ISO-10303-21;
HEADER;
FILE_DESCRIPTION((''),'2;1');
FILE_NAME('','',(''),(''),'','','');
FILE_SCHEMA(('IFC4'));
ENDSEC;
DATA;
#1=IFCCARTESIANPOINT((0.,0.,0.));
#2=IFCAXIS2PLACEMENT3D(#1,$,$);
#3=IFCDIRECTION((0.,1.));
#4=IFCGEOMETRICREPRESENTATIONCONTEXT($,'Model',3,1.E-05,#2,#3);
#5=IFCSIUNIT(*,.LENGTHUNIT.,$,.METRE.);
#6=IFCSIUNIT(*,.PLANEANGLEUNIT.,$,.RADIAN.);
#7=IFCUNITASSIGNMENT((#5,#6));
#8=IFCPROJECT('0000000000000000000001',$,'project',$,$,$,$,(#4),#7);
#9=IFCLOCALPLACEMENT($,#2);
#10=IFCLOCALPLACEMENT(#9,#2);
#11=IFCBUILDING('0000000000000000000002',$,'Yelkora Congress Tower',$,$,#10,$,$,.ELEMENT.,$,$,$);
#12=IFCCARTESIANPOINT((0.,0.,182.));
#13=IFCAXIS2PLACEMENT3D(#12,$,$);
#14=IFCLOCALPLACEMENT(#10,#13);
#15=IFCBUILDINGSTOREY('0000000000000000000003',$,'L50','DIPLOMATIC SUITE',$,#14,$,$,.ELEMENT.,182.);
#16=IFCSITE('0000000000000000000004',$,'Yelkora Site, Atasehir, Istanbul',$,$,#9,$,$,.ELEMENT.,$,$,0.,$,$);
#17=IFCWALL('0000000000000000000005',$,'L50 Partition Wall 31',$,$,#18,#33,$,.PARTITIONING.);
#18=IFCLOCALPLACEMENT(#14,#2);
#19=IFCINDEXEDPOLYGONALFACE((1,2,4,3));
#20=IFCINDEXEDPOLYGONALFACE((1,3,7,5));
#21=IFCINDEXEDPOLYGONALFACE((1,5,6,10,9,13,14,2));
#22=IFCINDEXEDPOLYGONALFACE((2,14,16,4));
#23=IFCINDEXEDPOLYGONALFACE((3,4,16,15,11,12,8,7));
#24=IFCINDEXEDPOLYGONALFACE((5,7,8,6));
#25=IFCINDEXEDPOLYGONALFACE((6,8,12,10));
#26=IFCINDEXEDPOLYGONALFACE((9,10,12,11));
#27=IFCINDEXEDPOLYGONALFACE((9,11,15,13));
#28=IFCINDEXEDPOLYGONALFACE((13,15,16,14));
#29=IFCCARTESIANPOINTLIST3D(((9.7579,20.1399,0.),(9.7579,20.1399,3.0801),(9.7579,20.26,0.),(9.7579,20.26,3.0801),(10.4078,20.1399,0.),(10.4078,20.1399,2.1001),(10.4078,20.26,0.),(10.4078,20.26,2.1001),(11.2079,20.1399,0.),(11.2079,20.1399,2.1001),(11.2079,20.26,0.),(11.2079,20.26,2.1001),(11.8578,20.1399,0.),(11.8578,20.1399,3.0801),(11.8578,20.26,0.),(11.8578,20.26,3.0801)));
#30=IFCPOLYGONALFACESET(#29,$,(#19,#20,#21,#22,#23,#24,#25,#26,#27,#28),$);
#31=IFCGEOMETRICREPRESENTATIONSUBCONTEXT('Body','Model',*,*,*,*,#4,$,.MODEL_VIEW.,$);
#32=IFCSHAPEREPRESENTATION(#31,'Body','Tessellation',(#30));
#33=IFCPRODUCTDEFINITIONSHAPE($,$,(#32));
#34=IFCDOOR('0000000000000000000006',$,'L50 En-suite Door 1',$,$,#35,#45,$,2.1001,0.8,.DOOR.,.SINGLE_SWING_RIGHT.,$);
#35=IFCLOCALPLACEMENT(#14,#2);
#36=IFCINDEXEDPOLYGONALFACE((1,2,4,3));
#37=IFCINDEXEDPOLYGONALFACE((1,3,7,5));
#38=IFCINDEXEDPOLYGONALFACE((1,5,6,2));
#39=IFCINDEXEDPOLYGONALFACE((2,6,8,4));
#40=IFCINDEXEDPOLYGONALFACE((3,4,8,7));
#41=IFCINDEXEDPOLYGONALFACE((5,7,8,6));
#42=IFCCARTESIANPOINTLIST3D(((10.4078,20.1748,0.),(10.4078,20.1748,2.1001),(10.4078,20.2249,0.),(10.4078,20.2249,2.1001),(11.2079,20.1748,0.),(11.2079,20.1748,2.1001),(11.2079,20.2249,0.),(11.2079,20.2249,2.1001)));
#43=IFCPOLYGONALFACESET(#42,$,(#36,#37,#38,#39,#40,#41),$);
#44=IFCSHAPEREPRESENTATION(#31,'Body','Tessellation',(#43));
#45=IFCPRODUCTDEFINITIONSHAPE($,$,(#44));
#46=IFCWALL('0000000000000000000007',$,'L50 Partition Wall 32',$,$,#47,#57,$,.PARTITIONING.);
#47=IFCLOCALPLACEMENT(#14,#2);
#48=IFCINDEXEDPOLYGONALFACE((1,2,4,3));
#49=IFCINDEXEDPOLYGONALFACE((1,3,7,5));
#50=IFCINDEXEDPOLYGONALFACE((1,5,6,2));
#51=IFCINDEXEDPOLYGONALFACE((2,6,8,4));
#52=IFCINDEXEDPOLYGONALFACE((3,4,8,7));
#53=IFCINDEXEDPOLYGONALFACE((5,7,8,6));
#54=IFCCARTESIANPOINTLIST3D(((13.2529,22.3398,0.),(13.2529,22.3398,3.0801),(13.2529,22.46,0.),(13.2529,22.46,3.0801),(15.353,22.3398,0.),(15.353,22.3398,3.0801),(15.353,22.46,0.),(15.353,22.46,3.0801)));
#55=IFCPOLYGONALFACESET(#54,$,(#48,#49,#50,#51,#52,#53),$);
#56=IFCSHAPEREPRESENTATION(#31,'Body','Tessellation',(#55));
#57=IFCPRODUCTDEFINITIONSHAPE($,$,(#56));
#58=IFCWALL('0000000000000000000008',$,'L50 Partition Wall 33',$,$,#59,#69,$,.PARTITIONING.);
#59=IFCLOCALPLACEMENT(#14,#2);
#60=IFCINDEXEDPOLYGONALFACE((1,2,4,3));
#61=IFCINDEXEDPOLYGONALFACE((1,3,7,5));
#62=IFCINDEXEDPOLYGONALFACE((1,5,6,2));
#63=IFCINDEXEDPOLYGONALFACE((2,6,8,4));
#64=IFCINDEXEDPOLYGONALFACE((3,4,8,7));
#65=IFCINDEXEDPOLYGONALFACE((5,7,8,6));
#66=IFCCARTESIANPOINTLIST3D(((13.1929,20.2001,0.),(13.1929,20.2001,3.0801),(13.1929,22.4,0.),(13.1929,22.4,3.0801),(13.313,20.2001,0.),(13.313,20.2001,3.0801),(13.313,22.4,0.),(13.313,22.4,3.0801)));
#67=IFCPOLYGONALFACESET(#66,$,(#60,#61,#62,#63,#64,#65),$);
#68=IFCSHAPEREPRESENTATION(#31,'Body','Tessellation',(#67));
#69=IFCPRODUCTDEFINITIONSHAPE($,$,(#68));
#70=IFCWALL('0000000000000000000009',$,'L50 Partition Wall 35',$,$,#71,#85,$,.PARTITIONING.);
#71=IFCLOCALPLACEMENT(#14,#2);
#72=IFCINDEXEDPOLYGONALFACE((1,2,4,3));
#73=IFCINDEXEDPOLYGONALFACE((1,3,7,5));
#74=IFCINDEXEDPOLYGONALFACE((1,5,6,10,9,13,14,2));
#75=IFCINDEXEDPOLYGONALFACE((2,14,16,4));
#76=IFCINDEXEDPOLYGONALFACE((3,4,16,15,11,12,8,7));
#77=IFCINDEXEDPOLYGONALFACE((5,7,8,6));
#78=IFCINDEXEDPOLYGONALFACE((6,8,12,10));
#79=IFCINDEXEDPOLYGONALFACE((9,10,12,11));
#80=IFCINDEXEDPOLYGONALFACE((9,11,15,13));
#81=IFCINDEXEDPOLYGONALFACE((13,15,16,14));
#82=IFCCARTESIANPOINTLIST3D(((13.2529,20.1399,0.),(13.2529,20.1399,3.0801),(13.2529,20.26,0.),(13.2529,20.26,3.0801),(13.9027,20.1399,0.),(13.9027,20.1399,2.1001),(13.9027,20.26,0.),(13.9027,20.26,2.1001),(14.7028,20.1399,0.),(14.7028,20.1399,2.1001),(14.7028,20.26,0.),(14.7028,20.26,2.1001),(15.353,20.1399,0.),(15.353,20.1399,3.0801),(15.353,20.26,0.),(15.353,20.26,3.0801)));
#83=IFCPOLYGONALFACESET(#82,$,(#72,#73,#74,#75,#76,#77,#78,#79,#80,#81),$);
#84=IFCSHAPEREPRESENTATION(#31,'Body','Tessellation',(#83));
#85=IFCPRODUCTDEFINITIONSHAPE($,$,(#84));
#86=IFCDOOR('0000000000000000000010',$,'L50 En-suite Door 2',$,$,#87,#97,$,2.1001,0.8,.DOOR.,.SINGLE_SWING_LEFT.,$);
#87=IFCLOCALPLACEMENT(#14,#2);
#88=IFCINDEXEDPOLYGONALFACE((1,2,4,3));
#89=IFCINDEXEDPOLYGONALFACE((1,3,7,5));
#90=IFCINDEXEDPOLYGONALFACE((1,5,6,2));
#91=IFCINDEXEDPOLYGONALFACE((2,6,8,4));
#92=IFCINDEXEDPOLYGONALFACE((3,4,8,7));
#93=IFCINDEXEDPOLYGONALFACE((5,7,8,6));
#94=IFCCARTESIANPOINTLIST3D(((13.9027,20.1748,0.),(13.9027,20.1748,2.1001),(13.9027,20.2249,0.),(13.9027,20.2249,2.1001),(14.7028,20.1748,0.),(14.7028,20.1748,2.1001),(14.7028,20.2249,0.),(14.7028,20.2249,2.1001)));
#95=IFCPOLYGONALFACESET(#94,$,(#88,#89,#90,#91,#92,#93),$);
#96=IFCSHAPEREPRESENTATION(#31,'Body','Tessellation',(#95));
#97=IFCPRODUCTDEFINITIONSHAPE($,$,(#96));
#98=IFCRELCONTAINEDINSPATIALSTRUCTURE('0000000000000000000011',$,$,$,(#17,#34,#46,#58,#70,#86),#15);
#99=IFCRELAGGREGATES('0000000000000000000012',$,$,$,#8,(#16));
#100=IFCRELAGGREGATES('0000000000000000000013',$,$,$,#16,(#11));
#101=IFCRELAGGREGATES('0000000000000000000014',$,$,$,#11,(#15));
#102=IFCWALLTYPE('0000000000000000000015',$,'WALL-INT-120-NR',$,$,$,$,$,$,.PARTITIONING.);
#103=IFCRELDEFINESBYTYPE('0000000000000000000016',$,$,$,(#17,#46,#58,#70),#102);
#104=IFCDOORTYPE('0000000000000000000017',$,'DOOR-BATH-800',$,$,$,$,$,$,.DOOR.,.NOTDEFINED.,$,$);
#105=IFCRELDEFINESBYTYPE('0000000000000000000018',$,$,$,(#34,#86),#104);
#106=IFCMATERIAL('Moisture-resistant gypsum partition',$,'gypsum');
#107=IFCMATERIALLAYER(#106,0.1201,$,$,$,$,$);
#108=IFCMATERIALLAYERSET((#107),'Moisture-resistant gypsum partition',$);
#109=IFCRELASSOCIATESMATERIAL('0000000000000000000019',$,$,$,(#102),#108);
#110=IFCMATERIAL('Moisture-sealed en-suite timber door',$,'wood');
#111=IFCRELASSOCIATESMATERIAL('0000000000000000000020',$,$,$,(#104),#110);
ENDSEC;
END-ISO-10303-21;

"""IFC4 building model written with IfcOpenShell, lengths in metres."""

from ifc_helpers import new_model, si_unit, direction, frame, frame_2d, origin, place, context, subcontext, project, spatial, rectangle, extrude, material, layer, layer_set, type_object, element, fill, save


model = new_model("IFC4")

# Units and contexts
model_context = context("Model", 3, precision=1e-05, world=origin(), true_north=direction((0.0, 1.0)))
body_context = subcontext(model_context, "Body", "Model", "MODEL_VIEW")
ifc_project = project(units=[si_unit("LENGTHUNIT", "METRE"), si_unit("PLANEANGLEUNIT", "RADIAN")], contexts=[model_context])

# Site, building, storey
site_placement = place(None, origin())
site = spatial("IfcSite", under=ifc_project, at=site_placement, Name="Yelkora Site, Atasehir, Istanbul", CompositionType="ELEMENT", RefElevation=0.0)
building_placement = place(site_placement, origin())
building = spatial("IfcBuilding", under=site, at=building_placement, Name="Yelkora Congress Tower", CompositionType="ELEMENT")
storey_placement = place(building_placement, frame((0.0, 0.0, 182.0)))
storey = spatial("IfcBuildingStorey", under=building, at=storey_placement, Name="L50", Description="DIPLOMATIC SUITE", CompositionType="ELEMENT", Elevation=182.0)

# Shared definitions
ifc_material_1 = material(Name="Moisture-resistant gypsum partition", Category="gypsum")
ifc_layer_1 = layer(ifc_material_1, 0.1201)
ifc_layer_set_1 = layer_set([ifc_layer_1], Name="Moisture-resistant gypsum partition")
wall_type = type_object("IfcWallType", Name="WALL-INT-120-NR", PredefinedType="PARTITIONING", material=ifc_layer_set_1)

# Wall, opening, door
wall_1_placement = place(storey_placement, frame((9.7581, 20.2, 0.0), z_axis=(0.0, 0.0, 1.0), x_axis=(1.0, 0.0, 0.0)))
wall_1 = element("IfcWall", 1, at=wall_1_placement, inside=storey, type_object=wall_type, Name="L50 Partition Wall 31", PredefinedType="PARTITIONING", context=body_context, shape_type="SweptSolid", body=[
    extrude(rectangle(XDim=2.0999, YDim=0.1201, at=frame_2d((1.0498, 0.0))), origin(), (0.0, 0.0, 1.0), 3.0801),
])
opening_1_placement = place(wall_1_placement, frame((0.6499, 0.0, 0.0)))
opening_1 = element("IfcOpeningElement", 2, at=opening_1_placement, cuts=wall_1, PredefinedType="OPENING", context=body_context, shape_type="SweptSolid", body=[
    extrude(rectangle(XDim=0.8, YDim=2.1001, at=frame_2d((0.3999, 1.05))), frame((0.0, 0.0701, 0.0), z_axis=(0.0, -1.0, 0.0), x_axis=(1.0, 0.0, 0.0)), (0.0, 0.0, 1.0), 0.1401),
])
ifc_material_2 = material(Name="Moisture-sealed en-suite timber door", Category="wood")
door_type = type_object("IfcDoorType", Name="DOOR-BATH-800", OperationType="NOTDEFINED", PredefinedType="DOOR", material=ifc_material_2)
door_1_placement = place(opening_1_placement, origin())
door_1 = element("IfcDoor", 3, at=door_1_placement, inside=storey, type_object=door_type, Name="L50 En-suite Door 1", OperationType="SINGLE_SWING_RIGHT", OverallHeight=2.1001, OverallWidth=0.8, PredefinedType="DOOR", context=body_context, shape_type="SweptSolid", body=[
    extrude(rectangle(XDim=0.8, YDim=2.1001, at=frame_2d((0.3999, 1.05))), frame((0.0, 0.0249, 0.0), z_axis=(0.0, -1.0, 0.0), x_axis=(1.0, 0.0, 0.0)), (0.0, 0.0, 1.0), 0.05),
])
fill(opening_1, door_1)

# Walls
wall_2_placement = place(storey_placement, frame((13.2529, 22.3999, 0.0), z_axis=(0.0, 0.0, 1.0), x_axis=(1.0, 0.0, 0.0)))
element("IfcWall", 4, at=wall_2_placement, inside=storey, type_object=wall_type, Name="L50 Partition Wall 32", PredefinedType="PARTITIONING", context=body_context, shape_type="SweptSolid", body=[
    extrude(rectangle(XDim=2.1001, YDim=0.1201, at=frame_2d((1.05, 0.0))), origin(), (0.0, 0.0, 1.0), 3.0801),
])
wall_3_placement = place(storey_placement, frame((13.2529, 20.2, 0.0), z_axis=(0.0, 0.0, 1.0), x_axis=(0.0, 1.0, 0.0)))
element("IfcWall", 5, at=wall_3_placement, inside=storey, type_object=wall_type, Name="L50 Partition Wall 33", PredefinedType="PARTITIONING", context=body_context, shape_type="SweptSolid", body=[
    extrude(rectangle(XDim=2.2, YDim=0.1201, at=frame_2d((1.1001, 0.0))), origin(), (0.0, 0.0, 1.0), 3.0801),
])

# Wall, opening, door
wall_4_placement = place(storey_placement, frame((13.2529, 20.2, 0.0), z_axis=(0.0, 0.0, 1.0), x_axis=(1.0, 0.0, 0.0)))
wall_4 = element("IfcWall", 6, at=wall_4_placement, inside=storey, type_object=wall_type, Name="L50 Partition Wall 35", PredefinedType="PARTITIONING", context=body_context, shape_type="SweptSolid", body=[
    extrude(rectangle(XDim=2.1001, YDim=0.1201, at=frame_2d((1.05, 0.0))), origin(), (0.0, 0.0, 1.0), 3.0801),
])
opening_2_placement = place(wall_4_placement, frame((0.6499, 0.0, 0.0)))
opening_2 = element("IfcOpeningElement", 7, at=opening_2_placement, cuts=wall_4, PredefinedType="OPENING", context=body_context, shape_type="SweptSolid", body=[
    extrude(rectangle(XDim=0.8, YDim=2.1001, at=frame_2d((0.3999, 1.05))), frame((0.0, 0.0701, 0.0), z_axis=(0.0, -1.0, 0.0), x_axis=(1.0, 0.0, 0.0)), (0.0, 0.0, 1.0), 0.1401),
])
door_2_placement = place(opening_2_placement, origin())
door_2 = element("IfcDoor", 8, at=door_2_placement, inside=storey, type_object=door_type, Name="L50 En-suite Door 2", OperationType="SINGLE_SWING_LEFT", OverallHeight=2.1001, OverallWidth=0.8, PredefinedType="DOOR", context=body_context, shape_type="SweptSolid", body=[
    extrude(rectangle(XDim=0.8, YDim=2.1001, at=frame_2d((0.3999, 1.05))), frame((0.0, 0.0249, 0.0), z_axis=(0.0, -1.0, 0.0), x_axis=(1.0, 0.0, 0.0)), (0.0, 0.0, 1.0), 0.05),
])
fill(opening_2, door_2)

save(model, "model.ifc")
